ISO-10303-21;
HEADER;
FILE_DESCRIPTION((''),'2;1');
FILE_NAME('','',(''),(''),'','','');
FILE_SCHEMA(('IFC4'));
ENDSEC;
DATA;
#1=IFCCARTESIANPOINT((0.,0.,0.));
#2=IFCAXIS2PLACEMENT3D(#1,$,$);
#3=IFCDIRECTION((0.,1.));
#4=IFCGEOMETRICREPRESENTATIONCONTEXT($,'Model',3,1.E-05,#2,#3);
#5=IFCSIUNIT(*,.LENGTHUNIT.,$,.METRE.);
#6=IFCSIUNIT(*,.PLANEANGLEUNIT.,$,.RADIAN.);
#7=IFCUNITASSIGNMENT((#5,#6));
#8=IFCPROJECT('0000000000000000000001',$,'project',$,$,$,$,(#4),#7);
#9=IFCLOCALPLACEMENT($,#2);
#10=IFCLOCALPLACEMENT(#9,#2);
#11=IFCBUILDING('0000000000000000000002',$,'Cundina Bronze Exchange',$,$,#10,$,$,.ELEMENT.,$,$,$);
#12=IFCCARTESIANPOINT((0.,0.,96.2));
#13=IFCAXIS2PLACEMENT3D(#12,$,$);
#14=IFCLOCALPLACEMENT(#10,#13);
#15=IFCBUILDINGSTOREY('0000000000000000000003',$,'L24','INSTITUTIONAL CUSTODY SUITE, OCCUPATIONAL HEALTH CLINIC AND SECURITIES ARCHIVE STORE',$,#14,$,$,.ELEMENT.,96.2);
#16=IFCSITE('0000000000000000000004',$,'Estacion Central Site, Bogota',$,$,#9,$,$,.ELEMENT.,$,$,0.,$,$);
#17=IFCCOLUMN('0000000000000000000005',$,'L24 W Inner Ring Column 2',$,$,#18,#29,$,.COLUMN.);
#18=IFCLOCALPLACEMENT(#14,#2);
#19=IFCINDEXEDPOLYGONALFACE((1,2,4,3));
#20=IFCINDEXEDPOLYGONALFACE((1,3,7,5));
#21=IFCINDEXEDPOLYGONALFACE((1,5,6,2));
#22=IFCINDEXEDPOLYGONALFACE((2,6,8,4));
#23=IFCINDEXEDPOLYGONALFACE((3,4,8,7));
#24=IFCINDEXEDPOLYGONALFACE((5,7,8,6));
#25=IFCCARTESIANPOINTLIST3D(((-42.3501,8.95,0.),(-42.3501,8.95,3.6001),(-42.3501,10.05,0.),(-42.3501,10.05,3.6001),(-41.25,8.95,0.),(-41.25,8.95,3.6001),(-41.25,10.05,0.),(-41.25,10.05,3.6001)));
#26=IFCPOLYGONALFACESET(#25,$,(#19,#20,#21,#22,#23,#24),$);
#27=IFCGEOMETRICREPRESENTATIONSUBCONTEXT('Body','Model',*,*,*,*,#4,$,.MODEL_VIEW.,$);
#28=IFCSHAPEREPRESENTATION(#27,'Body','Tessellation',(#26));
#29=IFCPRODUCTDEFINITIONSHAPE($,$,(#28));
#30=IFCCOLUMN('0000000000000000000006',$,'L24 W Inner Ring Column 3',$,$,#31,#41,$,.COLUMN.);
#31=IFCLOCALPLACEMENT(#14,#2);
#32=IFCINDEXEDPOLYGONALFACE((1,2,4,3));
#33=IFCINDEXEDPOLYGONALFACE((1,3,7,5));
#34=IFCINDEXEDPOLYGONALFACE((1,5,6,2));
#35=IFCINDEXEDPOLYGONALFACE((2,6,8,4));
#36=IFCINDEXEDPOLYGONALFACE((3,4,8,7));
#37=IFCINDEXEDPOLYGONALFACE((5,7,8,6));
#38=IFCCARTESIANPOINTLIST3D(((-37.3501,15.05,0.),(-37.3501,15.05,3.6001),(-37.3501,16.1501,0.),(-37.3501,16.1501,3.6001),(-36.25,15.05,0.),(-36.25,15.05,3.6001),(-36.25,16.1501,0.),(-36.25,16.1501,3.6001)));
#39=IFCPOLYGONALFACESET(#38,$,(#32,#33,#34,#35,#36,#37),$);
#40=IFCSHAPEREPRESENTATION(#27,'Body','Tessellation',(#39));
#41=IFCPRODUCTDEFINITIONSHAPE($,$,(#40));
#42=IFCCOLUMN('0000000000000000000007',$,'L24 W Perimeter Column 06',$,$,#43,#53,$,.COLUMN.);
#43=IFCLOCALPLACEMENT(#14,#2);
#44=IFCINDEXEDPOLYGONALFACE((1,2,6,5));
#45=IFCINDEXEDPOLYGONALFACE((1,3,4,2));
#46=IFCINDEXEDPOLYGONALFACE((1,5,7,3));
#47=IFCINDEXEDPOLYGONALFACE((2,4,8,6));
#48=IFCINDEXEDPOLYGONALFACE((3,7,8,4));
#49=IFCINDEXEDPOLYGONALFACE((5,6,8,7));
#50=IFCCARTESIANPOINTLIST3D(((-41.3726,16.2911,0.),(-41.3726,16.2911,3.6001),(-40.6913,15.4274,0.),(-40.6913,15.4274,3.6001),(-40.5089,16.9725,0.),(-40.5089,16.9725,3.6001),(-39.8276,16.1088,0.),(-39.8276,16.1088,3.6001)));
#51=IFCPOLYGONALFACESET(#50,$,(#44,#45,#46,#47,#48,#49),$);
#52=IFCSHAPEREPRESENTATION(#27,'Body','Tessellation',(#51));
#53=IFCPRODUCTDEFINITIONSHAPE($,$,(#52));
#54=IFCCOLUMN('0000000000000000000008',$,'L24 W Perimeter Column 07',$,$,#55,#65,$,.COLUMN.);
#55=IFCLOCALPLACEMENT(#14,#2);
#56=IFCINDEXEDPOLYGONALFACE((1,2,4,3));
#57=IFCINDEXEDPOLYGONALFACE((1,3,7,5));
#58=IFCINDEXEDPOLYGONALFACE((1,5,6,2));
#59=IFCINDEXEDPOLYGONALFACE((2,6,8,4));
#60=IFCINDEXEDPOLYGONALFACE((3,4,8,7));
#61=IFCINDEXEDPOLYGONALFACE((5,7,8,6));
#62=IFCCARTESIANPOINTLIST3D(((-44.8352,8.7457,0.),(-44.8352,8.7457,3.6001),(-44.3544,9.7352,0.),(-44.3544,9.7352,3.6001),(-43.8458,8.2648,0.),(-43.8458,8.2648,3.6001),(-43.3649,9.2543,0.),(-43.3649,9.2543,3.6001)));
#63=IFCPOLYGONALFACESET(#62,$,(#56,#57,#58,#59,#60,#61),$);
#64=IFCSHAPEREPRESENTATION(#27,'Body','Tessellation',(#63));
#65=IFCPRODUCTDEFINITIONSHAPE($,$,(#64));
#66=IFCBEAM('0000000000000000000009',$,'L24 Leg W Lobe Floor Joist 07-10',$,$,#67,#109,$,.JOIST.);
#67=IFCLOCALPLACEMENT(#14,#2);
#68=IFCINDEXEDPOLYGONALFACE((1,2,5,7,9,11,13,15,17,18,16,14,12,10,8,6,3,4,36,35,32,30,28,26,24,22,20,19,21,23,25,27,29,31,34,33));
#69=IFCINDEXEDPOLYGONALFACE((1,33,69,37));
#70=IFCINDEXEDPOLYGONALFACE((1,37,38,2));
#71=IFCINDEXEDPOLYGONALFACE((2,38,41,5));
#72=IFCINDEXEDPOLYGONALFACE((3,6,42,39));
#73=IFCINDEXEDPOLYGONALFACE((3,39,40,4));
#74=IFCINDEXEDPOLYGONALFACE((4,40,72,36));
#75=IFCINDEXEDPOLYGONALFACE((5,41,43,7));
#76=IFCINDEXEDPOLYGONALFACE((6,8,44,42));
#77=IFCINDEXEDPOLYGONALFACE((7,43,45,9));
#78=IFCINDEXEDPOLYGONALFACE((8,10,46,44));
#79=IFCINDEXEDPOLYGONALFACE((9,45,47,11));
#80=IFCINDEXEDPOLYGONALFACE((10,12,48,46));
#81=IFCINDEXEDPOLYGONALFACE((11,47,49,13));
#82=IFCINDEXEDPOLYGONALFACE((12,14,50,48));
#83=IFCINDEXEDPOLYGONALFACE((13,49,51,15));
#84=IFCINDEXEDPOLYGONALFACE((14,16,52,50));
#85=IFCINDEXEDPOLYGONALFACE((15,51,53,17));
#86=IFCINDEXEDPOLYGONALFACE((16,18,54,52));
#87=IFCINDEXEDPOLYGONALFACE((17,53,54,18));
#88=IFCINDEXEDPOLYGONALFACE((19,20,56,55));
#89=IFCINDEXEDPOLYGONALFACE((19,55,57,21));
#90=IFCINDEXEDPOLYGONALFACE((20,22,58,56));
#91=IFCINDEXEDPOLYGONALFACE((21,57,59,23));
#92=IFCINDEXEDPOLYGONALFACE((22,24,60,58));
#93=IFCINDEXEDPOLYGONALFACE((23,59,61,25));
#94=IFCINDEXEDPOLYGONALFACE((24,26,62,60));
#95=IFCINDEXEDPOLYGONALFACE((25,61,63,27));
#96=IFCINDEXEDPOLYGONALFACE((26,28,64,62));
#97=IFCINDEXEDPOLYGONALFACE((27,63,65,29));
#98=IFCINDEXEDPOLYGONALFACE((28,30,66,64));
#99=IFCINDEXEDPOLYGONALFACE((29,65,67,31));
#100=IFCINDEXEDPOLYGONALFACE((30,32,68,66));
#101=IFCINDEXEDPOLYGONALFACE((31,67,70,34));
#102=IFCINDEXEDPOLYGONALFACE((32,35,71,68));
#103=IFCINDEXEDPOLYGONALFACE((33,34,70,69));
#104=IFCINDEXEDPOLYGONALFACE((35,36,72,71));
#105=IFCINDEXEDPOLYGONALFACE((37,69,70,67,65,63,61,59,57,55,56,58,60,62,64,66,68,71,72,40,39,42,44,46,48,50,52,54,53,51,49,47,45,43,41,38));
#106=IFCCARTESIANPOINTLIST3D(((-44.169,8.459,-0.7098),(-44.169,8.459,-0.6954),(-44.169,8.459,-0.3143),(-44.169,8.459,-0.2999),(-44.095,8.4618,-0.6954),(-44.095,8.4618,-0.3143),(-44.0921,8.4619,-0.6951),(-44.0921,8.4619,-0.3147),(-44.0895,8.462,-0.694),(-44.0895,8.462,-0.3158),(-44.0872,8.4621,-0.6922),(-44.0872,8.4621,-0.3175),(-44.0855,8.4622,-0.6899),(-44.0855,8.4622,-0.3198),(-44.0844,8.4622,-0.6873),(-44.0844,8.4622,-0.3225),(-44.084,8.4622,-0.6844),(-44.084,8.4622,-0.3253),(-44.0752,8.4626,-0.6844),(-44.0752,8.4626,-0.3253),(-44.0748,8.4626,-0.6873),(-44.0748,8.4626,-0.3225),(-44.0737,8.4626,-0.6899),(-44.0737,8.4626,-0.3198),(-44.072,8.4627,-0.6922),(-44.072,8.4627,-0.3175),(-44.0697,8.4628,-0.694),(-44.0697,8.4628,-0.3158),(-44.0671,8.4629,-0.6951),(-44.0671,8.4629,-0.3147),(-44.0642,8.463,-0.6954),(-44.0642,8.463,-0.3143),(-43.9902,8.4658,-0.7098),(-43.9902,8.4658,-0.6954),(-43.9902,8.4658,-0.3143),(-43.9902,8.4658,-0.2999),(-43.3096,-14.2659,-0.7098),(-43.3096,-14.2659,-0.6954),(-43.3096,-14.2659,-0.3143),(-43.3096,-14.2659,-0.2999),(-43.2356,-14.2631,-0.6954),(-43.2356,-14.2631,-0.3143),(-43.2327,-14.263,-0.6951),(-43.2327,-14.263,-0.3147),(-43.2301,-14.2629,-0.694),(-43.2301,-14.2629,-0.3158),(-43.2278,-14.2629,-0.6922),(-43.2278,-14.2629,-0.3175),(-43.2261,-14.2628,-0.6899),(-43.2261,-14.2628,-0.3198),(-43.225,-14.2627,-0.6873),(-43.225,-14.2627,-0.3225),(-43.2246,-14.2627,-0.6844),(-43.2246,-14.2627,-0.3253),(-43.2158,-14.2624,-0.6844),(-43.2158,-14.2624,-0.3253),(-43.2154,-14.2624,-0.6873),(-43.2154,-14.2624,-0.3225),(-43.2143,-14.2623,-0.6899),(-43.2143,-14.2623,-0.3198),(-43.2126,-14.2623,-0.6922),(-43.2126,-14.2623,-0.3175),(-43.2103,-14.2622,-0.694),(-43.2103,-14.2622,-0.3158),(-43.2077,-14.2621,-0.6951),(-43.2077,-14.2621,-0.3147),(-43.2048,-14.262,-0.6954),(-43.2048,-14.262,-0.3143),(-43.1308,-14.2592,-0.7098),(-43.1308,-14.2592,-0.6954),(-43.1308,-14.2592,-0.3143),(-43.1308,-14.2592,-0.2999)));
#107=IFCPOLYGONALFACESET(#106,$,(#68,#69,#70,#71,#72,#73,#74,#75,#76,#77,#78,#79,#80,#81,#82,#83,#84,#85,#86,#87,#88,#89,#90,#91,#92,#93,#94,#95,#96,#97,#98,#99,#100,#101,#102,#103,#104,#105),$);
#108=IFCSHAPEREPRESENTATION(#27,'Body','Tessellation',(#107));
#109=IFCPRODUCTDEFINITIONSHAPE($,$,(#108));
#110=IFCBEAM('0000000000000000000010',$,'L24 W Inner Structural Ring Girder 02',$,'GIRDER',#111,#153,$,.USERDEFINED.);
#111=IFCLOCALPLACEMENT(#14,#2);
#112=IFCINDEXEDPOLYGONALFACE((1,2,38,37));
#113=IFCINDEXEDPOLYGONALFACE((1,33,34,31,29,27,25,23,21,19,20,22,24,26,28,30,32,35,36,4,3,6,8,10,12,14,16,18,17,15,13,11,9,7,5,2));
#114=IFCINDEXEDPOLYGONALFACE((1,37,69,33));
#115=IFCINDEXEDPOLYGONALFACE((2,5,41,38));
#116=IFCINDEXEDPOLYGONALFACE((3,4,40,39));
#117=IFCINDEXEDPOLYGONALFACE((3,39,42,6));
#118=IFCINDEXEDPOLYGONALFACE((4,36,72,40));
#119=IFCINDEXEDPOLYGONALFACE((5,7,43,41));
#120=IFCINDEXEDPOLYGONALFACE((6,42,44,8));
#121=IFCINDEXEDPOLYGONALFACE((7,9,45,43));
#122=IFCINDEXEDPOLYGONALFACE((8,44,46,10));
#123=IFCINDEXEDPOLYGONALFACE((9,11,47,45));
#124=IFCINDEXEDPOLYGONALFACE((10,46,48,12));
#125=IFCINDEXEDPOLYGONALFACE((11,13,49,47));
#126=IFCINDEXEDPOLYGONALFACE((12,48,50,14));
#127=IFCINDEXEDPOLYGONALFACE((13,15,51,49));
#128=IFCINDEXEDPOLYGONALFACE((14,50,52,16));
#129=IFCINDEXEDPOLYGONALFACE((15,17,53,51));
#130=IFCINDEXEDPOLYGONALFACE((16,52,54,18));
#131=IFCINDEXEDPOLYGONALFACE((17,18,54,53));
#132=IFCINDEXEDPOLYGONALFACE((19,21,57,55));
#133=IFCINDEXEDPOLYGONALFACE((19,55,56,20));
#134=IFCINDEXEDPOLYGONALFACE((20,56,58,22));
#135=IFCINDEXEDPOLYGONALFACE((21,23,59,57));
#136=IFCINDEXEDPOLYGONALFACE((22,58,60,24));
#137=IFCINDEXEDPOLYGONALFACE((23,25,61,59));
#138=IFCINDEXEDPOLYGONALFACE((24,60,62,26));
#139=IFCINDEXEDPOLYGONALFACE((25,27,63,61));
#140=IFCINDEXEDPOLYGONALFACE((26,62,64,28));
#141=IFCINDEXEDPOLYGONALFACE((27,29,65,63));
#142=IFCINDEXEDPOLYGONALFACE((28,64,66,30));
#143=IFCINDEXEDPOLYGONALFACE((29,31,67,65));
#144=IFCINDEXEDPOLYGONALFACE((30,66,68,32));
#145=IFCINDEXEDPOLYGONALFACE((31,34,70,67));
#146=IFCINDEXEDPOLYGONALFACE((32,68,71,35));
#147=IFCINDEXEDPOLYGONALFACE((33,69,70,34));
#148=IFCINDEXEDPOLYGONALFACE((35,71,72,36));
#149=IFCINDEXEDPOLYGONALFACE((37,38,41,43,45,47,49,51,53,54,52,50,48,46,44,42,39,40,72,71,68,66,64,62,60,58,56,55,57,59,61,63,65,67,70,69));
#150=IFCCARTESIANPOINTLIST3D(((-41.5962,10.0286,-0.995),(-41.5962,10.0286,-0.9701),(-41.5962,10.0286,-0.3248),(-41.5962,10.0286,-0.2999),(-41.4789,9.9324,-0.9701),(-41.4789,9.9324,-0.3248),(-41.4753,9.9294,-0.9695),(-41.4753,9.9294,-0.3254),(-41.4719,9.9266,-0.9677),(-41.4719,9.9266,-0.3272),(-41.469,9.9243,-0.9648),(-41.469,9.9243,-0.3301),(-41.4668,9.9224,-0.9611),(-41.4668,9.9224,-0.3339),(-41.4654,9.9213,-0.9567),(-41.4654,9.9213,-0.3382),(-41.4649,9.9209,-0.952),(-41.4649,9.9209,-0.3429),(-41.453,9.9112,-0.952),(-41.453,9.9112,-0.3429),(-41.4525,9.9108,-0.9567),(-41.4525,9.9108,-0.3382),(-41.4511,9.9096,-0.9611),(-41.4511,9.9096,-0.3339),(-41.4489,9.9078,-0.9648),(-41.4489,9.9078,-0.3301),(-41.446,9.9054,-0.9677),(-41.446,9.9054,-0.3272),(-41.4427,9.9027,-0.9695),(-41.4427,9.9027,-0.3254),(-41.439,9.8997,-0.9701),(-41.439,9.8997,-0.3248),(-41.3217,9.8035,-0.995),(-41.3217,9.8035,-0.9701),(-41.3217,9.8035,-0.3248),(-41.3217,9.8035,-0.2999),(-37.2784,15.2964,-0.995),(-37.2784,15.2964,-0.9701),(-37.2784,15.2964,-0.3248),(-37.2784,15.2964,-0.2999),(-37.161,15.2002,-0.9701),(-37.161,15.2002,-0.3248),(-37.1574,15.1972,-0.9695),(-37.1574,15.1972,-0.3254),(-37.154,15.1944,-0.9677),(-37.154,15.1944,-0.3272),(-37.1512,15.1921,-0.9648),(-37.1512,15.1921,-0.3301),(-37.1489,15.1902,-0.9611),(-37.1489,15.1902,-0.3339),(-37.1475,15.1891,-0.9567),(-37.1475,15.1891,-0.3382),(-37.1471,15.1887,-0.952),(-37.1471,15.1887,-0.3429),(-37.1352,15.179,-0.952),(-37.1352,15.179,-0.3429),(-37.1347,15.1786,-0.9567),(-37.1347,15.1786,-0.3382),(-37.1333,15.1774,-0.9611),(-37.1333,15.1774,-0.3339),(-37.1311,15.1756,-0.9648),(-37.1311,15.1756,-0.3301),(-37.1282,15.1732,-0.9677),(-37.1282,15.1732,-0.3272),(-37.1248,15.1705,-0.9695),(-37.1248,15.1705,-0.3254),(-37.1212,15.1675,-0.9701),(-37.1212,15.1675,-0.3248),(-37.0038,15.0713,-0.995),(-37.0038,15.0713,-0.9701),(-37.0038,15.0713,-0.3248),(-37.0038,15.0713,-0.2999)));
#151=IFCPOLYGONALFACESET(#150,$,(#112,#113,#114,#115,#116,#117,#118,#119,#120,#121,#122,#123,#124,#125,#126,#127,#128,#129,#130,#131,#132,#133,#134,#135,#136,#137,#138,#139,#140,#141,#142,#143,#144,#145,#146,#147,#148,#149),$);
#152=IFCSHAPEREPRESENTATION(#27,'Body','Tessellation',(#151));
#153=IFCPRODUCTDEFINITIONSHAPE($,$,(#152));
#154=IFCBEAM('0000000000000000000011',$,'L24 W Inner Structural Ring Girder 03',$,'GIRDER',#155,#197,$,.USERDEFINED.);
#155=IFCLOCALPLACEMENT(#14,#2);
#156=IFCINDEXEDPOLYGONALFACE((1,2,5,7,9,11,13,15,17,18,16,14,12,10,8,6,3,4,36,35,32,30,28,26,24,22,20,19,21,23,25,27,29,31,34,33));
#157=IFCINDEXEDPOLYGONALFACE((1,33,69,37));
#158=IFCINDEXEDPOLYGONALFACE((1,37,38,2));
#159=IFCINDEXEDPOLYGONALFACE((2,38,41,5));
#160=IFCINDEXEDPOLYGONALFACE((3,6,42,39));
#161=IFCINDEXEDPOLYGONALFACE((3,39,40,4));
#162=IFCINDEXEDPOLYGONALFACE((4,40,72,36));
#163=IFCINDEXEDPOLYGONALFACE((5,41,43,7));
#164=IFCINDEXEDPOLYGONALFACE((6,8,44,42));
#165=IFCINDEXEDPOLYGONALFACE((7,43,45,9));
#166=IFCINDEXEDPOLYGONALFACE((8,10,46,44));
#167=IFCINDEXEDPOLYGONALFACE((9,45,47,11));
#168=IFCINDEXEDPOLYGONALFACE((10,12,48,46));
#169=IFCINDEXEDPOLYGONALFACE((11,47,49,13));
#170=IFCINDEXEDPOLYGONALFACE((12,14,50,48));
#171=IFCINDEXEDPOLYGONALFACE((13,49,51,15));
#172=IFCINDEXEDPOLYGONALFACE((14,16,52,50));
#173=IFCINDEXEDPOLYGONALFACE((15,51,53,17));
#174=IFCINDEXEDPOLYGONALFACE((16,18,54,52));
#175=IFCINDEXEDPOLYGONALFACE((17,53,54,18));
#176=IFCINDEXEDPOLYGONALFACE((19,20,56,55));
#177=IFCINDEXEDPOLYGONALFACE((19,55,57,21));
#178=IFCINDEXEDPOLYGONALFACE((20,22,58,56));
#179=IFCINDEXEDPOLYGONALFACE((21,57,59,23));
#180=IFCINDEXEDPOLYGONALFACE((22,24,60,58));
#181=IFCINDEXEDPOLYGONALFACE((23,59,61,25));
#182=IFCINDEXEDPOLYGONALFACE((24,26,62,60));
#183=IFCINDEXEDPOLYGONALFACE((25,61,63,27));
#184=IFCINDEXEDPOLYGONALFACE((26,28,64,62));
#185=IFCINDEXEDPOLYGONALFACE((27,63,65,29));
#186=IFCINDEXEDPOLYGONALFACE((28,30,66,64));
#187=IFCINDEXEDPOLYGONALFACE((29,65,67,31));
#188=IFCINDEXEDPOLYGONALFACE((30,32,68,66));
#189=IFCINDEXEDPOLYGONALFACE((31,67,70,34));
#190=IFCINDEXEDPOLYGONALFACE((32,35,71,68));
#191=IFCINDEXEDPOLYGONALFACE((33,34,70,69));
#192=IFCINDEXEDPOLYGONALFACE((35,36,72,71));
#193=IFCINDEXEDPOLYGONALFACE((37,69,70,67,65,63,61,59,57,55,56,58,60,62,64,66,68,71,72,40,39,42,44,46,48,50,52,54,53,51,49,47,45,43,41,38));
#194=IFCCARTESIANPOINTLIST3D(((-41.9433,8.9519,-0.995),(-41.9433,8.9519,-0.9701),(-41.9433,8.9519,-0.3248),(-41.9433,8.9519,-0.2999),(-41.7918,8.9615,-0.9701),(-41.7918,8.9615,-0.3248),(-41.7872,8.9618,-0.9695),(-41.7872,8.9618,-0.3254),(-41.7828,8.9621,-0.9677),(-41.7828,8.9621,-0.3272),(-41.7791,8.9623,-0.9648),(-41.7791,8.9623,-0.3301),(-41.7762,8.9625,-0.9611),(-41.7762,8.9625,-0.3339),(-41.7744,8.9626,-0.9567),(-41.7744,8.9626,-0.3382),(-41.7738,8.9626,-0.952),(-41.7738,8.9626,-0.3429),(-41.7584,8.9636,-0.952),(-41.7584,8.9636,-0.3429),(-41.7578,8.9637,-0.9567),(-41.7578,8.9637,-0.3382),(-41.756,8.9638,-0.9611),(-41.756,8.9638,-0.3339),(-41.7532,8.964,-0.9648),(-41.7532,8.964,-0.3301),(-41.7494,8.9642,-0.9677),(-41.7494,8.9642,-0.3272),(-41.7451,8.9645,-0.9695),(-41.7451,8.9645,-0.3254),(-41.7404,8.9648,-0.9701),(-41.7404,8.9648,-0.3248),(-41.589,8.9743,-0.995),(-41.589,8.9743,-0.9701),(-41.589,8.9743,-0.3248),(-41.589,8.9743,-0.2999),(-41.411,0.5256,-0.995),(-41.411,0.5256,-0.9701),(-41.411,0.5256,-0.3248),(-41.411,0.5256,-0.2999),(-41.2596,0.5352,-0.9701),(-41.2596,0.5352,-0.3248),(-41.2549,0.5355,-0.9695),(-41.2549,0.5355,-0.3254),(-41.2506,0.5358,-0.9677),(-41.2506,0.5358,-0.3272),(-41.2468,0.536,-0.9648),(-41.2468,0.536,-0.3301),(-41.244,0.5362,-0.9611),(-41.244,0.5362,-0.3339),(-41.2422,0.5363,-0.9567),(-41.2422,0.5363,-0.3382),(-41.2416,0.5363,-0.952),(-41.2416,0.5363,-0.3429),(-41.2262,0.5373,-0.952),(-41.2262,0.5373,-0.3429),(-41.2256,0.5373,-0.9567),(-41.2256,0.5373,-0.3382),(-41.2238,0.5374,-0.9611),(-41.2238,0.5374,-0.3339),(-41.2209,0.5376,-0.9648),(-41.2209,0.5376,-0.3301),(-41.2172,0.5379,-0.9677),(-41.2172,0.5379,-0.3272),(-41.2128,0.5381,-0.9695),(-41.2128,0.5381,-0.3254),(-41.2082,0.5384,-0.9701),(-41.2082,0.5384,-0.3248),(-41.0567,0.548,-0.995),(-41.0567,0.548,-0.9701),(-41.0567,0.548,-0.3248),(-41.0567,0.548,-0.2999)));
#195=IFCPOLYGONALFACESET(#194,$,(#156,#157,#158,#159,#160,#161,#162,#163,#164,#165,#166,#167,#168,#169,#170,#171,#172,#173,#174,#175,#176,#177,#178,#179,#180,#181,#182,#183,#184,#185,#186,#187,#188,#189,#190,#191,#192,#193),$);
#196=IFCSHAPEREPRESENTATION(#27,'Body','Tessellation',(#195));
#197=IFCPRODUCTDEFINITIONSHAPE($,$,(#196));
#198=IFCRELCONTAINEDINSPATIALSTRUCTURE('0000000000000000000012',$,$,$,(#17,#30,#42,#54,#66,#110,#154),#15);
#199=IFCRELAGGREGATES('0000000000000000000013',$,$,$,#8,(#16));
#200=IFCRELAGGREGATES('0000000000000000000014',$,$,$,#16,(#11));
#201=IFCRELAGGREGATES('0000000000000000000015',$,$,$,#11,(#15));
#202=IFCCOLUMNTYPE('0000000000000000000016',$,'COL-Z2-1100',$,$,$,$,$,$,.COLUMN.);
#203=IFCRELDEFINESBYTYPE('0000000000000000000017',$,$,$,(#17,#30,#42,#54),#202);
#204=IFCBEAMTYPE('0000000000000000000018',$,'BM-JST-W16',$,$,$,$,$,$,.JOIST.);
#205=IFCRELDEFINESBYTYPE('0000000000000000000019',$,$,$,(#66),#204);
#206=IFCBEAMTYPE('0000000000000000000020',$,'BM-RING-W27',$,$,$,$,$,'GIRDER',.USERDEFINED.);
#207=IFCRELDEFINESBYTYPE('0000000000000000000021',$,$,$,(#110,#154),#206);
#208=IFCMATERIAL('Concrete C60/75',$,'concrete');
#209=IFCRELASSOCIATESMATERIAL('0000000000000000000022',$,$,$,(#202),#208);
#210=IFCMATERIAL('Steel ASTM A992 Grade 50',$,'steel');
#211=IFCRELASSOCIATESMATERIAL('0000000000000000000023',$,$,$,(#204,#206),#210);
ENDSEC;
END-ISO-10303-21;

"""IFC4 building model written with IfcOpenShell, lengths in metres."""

from ifc_helpers import new_model, si_unit, direction, frame, origin, origin_2d, place, context, subcontext, project, spatial, rectangle, i_section, extrude, material, material_profile, profile_set, type_object, element, save


model = new_model("IFC4")

# Units and contexts
model_context = context("Model", 3, precision=1e-05, world=origin(), true_north=direction((0.0, 1.0)))
body_context = subcontext(model_context, "Body", "Model", "MODEL_VIEW")
ifc_project = project(units=[si_unit("LENGTHUNIT", "METRE"), si_unit("PLANEANGLEUNIT", "RADIAN")], contexts=[model_context])

# Site, building, storey
site_placement = place(None, origin())
site = spatial("IfcSite", under=ifc_project, at=site_placement, Name="Estacion Central Site, Bogota", CompositionType="ELEMENT", RefElevation=0.0)
building_placement = place(site_placement, origin())
building = spatial("IfcBuilding", under=site, at=building_placement, Name="Cundina Bronze Exchange", CompositionType="ELEMENT")
storey_placement = place(building_placement, frame((0.0, 0.0, 96.2)))
storey = spatial("IfcBuildingStorey", under=building, at=storey_placement, Name="L24", Description="INSTITUTIONAL CUSTODY SUITE, OCCUPATIONAL HEALTH CLINIC AND SECURITIES ARCHIVE STORE", CompositionType="ELEMENT", Elevation=96.2)

# Columns
ifc_material_1 = material(Name="Concrete C60/75", Category="concrete")
ifc_material_profile_1 = material_profile(ifc_material_1, rectangle(XDim=1.1001, YDim=1.1001, at=origin_2d()), Name="RC1100X1100", Category="concrete")
ifc_profile_set_1 = profile_set([ifc_material_profile_1], Name="Concrete C60/75")
column_type = type_object("IfcColumnType", Name="COL-Z2-1100", PredefinedType="COLUMN", material=ifc_profile_set_1)
for number, where, z_axis, x_axis, name in (
    (1, (-41.8, 9.5, 0.0), (0.0, 0.0, 1.0), (1.0, 0.0, 0.0), "L24 W Inner Ring Column 2"),
    (2, (-36.8, 15.6001, 0.0), (0.0, 0.0, 1.0), (1.0, 0.0, 0.0), "L24 W Inner Ring Column 3"),
    (3, (-40.6001, 16.2, 0.0), (0.0, 0.0, 1.0), (-0.785101, -0.619368, 0.0), "L24 W Perimeter Column 06"),
    (4, (-44.1001, 9.0, 0.0), (0.0, 0.0, 1.0), (-0.437116, -0.899405, 0.0), "L24 W Perimeter Column 07"),
):
    element("IfcColumn", number, at=place(storey_placement, frame(where, z_axis=z_axis, x_axis=x_axis)), inside=storey, type_object=column_type, Name=name, PredefinedType="COLUMN", context=body_context, shape_type="SweptSolid", body=[
        extrude(rectangle(XDim=1.1001, YDim=1.1001, at=origin_2d()), origin(), (0.0, 0.0, 1.0), 3.6001),
    ])

# Beams
ifc_material_2 = material(Name="Steel ASTM A992 Grade 50", Category="steel")
ifc_material_profile_2 = material_profile(ifc_material_2, i_section(OverallWidth=0.179, OverallDepth=0.4099, WebThickness=0.0088, FlangeThickness=0.0144, FilletRadius=0.011, at=origin_2d()), Name="W16X45", Category="steel")
ifc_profile_set_2 = profile_set([ifc_material_profile_2], Name="Steel ASTM A992 Grade 50")
beam_type_1 = type_object("IfcBeamType", Name="BM-JST-W16", PredefinedType="JOIST", material=ifc_profile_set_2)
beam_1_placement = place(storey_placement, frame((-44.0796, 8.4624, -0.5049), z_axis=(0.03779, -0.999286, 0.0), x_axis=(0.999286, 0.03779, 0.0)))
element("IfcBeam", 5, at=beam_1_placement, inside=storey, type_object=beam_type_1, Name="L24 Leg W Lobe Floor Joist 07-10", PredefinedType="JOIST", context=body_context, shape_type="SweptSolid", body=[
    extrude(i_section(OverallWidth=0.179, OverallDepth=0.4099, WebThickness=0.0088, FlangeThickness=0.0144, FilletRadius=0.011, at=origin_2d()), origin(), (0.0, 0.0, 1.0), 22.7412),
])
ifc_material_profile_3 = material_profile(ifc_material_2, i_section(OverallWidth=0.355, OverallDepth=0.6951, WebThickness=0.0154, FlangeThickness=0.0249, FilletRadius=0.0181, at=origin_2d()), Name="W27X146", Category="steel")
ifc_profile_set_3 = profile_set([ifc_material_profile_3], Name="Steel ASTM A992 Grade 50")
beam_type_2 = type_object("IfcBeamType", Name="BM-RING-W27", ElementType="GIRDER", PredefinedType="USERDEFINED", material=ifc_profile_set_3)
beam_2_placement = place(storey_placement, frame((-37.1411, 15.1838, -0.6475), z_axis=(-0.633927, -0.773393, 0.0), x_axis=(0.773393, -0.633927, 0.0)))
element("IfcBeam", 6, at=beam_2_placement, inside=storey, type_object=beam_type_2, Name="L24 W Inner Structural Ring Girder 02", ObjectType="GIRDER", PredefinedType="USERDEFINED", context=body_context, shape_type="SweptSolid", body=[
    extrude(i_section(OverallWidth=0.355, OverallDepth=0.6951, WebThickness=0.0154, FlangeThickness=0.0249, FilletRadius=0.0181, at=origin_2d()), origin(), (0.0, 0.0, 1.0), 6.8113),
])
beam_3_placement = place(storey_placement, frame((-41.7661, 8.9631, -0.6475), z_axis=(0.063037, -0.998011, 0.0), x_axis=(0.998011, 0.063037, 0.0)))
element("IfcBeam", 7, at=beam_3_placement, inside=storey, type_object=beam_type_2, Name="L24 W Inner Structural Ring Girder 03", ObjectType="GIRDER", PredefinedType="USERDEFINED", context=body_context, shape_type="SweptSolid", body=[
    extrude(i_section(OverallWidth=0.355, OverallDepth=0.6951, WebThickness=0.0154, FlangeThickness=0.0249, FilletRadius=0.0181, at=origin_2d()), origin(), (0.0, 0.0, 1.0), 8.4431),
])

save(model, "model.ifc")
